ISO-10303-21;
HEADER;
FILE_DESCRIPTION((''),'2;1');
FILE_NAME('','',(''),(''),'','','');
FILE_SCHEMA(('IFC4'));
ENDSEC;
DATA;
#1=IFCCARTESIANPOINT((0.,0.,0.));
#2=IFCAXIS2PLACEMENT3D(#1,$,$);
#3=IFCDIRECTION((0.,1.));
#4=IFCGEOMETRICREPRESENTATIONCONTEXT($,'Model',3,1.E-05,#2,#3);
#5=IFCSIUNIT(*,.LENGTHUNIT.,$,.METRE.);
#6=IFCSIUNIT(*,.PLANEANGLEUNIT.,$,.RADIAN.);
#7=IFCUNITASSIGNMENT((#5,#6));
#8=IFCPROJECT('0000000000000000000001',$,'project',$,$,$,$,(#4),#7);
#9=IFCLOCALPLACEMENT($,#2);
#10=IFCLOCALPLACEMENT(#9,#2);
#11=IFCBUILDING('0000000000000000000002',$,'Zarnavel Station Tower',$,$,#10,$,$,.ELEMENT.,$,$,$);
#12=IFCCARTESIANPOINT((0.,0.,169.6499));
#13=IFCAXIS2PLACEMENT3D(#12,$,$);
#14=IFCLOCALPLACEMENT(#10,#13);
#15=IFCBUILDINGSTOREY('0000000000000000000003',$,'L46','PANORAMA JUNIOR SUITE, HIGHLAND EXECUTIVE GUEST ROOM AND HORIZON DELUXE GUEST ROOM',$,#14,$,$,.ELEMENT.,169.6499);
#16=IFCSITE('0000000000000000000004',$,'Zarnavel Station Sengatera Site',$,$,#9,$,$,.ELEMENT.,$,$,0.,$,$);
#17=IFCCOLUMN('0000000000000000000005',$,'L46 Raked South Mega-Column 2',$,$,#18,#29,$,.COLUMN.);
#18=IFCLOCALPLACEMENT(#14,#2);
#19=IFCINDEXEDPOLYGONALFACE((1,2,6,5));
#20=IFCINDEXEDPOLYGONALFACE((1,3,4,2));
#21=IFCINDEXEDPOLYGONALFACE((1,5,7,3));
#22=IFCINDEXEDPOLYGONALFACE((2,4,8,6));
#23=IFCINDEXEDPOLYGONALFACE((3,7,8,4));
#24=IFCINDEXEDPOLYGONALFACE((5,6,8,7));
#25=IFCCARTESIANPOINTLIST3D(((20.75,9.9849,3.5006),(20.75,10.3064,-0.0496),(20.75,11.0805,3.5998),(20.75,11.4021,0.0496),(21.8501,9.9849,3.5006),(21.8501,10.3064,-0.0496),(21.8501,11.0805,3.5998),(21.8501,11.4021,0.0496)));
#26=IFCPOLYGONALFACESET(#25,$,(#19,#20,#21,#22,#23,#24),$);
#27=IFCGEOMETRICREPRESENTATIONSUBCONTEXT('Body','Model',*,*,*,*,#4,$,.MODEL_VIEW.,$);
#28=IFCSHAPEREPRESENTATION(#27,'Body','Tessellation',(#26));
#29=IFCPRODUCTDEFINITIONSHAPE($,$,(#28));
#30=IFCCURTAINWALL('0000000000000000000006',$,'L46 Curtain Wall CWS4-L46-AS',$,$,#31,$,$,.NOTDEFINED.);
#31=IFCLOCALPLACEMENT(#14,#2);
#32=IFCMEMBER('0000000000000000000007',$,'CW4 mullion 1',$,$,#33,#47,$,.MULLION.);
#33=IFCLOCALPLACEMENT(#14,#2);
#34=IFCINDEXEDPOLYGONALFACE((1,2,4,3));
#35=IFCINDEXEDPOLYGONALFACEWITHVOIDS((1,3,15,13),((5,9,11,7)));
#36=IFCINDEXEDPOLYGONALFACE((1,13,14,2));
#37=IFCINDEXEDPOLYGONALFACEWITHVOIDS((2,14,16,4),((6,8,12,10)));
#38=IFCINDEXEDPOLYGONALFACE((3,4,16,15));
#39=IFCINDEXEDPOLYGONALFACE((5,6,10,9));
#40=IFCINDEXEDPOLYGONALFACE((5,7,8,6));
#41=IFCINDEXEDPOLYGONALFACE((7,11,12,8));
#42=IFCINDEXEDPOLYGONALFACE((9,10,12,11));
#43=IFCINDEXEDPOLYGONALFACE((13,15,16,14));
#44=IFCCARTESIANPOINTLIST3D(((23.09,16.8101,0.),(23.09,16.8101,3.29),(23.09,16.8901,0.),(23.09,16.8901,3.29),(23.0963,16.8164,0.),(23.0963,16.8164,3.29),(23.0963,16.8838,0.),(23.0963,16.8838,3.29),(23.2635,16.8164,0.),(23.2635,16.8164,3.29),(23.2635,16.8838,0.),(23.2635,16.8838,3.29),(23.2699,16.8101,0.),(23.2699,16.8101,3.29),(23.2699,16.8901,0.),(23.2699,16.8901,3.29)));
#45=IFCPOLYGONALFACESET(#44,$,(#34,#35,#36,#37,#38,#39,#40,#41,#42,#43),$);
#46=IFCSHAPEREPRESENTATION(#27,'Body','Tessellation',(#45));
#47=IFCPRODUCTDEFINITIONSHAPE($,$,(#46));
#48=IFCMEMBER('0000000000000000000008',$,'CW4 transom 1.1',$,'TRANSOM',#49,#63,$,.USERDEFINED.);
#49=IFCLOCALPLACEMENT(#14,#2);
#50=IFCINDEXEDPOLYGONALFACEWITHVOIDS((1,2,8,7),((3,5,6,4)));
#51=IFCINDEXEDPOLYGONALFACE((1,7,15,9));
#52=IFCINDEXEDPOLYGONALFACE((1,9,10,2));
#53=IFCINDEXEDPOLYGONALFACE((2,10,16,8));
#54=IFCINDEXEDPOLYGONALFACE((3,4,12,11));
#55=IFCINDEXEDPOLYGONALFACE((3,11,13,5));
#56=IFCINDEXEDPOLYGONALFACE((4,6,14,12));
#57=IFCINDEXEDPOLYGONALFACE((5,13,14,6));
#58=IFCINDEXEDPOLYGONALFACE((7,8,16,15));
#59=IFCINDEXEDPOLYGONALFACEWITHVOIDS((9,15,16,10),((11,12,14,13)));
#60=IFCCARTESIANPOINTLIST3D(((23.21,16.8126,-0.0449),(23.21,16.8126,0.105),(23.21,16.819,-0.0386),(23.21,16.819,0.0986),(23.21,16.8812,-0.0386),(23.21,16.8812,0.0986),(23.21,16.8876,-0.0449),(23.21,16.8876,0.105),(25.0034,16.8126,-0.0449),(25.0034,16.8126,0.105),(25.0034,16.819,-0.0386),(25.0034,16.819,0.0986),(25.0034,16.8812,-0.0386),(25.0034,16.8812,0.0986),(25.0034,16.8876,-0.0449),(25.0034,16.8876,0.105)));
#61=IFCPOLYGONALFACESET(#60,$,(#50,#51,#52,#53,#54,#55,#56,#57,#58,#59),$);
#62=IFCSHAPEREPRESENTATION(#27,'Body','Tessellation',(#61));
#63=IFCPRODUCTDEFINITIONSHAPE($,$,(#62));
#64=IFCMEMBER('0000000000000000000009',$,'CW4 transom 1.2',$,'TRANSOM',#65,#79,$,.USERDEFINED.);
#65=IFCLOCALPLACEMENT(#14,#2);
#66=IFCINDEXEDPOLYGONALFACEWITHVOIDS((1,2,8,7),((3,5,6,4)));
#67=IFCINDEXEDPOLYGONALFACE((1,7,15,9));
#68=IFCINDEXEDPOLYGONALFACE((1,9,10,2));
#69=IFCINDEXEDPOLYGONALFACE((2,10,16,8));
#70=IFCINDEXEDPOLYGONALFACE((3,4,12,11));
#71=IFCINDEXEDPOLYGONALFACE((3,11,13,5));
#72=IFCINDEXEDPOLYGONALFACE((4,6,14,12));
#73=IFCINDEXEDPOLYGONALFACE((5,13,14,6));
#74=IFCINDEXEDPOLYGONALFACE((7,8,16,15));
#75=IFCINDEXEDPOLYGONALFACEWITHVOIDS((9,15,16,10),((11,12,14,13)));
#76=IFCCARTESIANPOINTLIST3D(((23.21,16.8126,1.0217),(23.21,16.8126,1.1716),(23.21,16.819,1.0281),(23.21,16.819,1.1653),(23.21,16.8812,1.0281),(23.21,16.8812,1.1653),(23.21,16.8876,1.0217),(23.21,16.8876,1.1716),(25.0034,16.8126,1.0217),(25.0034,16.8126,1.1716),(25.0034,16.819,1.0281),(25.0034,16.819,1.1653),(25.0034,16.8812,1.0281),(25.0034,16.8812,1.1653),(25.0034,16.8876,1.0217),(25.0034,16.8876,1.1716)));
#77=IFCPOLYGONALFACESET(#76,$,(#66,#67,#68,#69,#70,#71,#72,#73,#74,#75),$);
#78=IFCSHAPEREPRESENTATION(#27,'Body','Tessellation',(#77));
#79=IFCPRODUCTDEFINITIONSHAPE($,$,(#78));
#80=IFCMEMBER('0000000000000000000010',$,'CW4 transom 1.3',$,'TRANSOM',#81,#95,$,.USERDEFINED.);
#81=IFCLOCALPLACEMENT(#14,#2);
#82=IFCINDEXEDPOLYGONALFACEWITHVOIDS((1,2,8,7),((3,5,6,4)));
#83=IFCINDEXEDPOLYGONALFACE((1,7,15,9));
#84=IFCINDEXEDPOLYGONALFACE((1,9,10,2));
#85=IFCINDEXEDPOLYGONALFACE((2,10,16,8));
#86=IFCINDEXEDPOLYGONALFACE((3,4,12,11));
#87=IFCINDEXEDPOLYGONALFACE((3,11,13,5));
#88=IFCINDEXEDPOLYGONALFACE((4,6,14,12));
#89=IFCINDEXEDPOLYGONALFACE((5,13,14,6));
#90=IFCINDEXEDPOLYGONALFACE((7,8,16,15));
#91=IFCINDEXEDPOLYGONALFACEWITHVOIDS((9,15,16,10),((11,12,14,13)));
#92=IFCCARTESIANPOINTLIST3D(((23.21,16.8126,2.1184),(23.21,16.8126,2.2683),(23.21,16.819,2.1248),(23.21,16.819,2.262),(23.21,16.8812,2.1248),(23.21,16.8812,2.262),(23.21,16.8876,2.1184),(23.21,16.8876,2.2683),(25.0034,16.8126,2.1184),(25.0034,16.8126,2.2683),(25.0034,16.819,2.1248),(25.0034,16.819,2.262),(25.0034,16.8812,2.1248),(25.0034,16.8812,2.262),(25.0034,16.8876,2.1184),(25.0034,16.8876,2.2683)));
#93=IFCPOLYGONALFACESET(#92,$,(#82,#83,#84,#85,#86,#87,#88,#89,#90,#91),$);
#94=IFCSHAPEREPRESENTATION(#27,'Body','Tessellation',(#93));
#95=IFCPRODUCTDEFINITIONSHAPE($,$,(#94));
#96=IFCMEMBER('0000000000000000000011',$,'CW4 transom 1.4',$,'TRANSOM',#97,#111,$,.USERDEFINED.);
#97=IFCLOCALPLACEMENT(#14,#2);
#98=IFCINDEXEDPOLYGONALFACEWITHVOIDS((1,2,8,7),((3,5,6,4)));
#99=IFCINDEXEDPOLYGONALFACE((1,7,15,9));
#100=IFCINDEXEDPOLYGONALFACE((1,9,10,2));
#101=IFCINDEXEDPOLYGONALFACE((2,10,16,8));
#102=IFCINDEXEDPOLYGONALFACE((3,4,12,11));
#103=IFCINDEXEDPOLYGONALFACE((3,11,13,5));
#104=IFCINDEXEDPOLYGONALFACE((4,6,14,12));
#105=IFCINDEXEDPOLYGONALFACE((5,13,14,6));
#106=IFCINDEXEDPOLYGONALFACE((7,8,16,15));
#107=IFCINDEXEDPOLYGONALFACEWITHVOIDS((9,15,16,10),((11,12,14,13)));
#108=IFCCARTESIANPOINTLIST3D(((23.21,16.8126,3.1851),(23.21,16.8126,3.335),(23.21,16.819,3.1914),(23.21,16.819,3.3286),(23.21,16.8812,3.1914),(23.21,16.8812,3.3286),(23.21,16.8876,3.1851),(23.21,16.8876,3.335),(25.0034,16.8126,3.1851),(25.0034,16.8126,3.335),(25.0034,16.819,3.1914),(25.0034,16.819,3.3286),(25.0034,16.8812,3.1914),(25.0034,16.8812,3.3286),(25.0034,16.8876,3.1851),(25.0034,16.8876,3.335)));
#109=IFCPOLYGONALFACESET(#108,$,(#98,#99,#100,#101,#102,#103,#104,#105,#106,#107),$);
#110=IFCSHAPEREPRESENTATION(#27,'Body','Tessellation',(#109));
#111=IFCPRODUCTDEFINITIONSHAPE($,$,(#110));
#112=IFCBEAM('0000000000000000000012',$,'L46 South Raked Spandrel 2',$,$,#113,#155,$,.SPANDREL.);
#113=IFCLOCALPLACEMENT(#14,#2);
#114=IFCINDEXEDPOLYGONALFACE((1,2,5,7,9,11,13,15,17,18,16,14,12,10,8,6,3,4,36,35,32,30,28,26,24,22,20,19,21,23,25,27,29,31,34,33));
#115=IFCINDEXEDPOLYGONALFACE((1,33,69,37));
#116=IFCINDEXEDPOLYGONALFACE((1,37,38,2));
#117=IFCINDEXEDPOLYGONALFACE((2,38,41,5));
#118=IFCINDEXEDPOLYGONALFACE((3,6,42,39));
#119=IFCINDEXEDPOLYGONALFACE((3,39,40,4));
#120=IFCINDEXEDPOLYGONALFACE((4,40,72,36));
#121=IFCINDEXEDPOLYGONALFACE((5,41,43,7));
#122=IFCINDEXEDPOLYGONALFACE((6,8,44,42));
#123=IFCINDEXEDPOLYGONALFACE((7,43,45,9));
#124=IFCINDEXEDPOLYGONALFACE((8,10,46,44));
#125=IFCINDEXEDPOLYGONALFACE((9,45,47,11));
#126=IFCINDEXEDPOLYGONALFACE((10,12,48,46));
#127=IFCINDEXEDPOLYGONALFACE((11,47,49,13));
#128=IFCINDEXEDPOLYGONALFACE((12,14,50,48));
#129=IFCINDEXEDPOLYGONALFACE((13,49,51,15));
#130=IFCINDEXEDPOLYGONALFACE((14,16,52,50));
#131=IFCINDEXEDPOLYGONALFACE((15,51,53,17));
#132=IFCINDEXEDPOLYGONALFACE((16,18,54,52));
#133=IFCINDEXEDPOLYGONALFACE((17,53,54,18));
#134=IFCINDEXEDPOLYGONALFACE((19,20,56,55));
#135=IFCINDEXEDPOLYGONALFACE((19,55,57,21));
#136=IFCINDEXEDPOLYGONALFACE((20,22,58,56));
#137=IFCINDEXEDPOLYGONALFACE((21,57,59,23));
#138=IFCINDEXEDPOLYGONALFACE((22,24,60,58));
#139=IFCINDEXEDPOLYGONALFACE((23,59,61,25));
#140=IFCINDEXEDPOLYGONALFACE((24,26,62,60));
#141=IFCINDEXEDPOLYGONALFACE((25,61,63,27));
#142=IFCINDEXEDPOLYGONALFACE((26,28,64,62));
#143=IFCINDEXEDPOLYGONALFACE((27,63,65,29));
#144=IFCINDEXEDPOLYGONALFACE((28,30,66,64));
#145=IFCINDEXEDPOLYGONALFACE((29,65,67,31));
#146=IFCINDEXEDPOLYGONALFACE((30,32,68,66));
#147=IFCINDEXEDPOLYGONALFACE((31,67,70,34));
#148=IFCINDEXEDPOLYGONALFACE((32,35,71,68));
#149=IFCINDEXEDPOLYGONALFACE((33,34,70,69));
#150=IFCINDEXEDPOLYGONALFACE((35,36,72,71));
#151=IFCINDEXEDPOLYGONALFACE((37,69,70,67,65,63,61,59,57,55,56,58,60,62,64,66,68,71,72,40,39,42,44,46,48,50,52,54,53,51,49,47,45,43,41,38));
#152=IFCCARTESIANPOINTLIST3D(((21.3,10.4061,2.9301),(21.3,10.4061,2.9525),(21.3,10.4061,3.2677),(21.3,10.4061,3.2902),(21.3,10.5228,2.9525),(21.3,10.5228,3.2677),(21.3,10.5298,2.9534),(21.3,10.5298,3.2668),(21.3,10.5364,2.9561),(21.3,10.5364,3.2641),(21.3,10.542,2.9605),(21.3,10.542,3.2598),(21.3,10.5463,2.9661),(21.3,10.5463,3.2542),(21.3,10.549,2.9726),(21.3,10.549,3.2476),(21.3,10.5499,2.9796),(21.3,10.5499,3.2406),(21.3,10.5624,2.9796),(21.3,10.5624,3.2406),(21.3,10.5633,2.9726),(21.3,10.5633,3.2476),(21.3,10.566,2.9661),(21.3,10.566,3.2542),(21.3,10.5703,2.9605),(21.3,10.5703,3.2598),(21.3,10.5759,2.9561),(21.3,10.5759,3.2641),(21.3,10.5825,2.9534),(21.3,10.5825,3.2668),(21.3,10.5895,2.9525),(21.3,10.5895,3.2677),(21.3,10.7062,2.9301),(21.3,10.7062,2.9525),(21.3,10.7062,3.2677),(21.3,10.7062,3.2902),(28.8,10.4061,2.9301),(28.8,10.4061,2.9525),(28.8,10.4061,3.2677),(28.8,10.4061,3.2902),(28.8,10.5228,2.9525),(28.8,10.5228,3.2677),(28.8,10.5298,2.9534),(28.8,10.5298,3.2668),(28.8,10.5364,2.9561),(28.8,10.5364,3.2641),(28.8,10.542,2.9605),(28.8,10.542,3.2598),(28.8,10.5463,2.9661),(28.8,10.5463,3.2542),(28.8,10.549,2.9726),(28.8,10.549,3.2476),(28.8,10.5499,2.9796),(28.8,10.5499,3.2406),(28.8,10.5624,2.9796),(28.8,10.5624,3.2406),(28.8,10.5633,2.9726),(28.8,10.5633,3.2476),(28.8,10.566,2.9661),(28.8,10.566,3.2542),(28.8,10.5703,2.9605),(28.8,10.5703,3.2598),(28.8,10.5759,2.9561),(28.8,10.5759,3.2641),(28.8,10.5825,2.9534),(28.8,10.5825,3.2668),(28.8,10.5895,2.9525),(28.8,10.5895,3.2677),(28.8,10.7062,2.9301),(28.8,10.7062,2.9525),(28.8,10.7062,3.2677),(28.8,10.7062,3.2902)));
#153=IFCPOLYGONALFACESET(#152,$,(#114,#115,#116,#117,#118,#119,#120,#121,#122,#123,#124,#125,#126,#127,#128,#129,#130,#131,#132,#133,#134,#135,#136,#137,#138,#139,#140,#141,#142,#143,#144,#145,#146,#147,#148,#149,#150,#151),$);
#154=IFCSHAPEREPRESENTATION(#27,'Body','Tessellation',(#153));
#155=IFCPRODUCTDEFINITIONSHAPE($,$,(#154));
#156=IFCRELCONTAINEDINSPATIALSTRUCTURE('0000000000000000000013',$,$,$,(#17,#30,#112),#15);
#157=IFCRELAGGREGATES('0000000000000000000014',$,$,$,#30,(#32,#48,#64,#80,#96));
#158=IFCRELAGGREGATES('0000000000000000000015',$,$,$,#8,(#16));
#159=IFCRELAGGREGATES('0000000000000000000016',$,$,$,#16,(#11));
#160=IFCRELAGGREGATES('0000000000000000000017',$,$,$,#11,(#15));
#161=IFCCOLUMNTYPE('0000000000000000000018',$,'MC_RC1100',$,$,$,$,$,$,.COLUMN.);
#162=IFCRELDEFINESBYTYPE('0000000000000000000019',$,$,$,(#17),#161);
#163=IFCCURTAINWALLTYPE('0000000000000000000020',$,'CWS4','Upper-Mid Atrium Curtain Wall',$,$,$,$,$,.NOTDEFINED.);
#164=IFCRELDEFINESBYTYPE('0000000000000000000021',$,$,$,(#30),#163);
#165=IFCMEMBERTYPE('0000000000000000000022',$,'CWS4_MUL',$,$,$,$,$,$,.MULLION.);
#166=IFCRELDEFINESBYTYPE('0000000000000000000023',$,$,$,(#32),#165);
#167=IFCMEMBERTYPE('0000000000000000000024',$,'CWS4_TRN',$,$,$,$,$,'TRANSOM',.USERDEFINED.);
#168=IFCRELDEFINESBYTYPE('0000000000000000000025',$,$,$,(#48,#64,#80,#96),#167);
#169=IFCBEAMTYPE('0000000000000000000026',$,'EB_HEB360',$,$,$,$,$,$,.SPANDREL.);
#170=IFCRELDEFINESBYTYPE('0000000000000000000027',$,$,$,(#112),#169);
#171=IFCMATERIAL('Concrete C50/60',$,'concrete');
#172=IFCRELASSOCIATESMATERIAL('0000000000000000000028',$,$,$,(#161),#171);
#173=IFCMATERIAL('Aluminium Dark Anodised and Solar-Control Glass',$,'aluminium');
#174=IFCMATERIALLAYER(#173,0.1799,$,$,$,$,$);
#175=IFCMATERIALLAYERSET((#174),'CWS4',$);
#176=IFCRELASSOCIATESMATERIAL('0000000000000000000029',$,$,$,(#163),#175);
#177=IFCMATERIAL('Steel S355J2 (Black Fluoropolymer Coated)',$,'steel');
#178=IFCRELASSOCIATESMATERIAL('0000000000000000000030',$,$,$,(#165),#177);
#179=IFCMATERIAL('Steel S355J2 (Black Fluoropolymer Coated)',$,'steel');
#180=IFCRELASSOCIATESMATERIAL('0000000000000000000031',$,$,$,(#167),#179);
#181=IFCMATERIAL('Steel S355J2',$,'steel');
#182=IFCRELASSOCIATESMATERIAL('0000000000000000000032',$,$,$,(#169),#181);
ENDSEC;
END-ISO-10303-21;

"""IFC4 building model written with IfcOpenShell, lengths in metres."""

from ifc_helpers import new_model, si_unit, direction, frame, origin, origin_2d, place, context, subcontext, project, spatial, rectangle, hollow_rectangle, i_section, extrude, material, layer, layer_set, material_profile, profile_set, type_object, element, aggregate, save


model = new_model("IFC4")

# Units and contexts
model_context = context("Model", 3, precision=1e-05, world=origin(), true_north=direction((0.0, 1.0)))
body_context = subcontext(model_context, "Body", "Model", "MODEL_VIEW")
ifc_project = project(units=[si_unit("LENGTHUNIT", "METRE"), si_unit("PLANEANGLEUNIT", "RADIAN")], contexts=[model_context])

# Site, building, storey
site_placement = place(None, origin())
site = spatial("IfcSite", under=ifc_project, at=site_placement, Name="Zarnavel Station Sengatera Site", CompositionType="ELEMENT", RefElevation=0.0)
building_placement = place(site_placement, origin())
building = spatial("IfcBuilding", under=site, at=building_placement, Name="Zarnavel Station Tower", CompositionType="ELEMENT")
storey_placement = place(building_placement, frame((0.0, 0.0, 169.6499)))
storey = spatial("IfcBuildingStorey", under=building, at=storey_placement, Name="L46", Description="PANORAMA JUNIOR SUITE, HIGHLAND EXECUTIVE GUEST ROOM AND HORIZON DELUXE GUEST ROOM", CompositionType="ELEMENT", Elevation=169.6499)

# Column
ifc_material_1 = material(Name="Concrete C50/60", Category="concrete")
ifc_material_profile_1 = material_profile(ifc_material_1, rectangle(XDim=1.1001, YDim=1.1001, at=origin_2d()), Name="RC1100x1100")
ifc_profile_set_1 = profile_set([ifc_material_profile_1], Name="Concrete C50/60")
column_type = type_object("IfcColumnType", Name="MC_RC1100", PredefinedType="COLUMN", material=ifc_profile_set_1)
column_placement = place(storey_placement, frame((21.3, 10.8542, 0.0), z_axis=(0.0, -0.090202, 0.995923), x_axis=(1.0, 0.0, 0.0)))
element("IfcColumn", 1, at=column_placement, inside=storey, type_object=column_type, Name="L46 Raked South Mega-Column 2", PredefinedType="COLUMN", context=body_context, shape_type="SweptSolid", body=[
    extrude(rectangle(XDim=1.1001, YDim=1.1001, at=origin_2d()), origin(), (0.0, 0.0, 1.0), 3.5647),
])

# Curtain wall, members
ifc_material_2 = material(Name="Aluminium Dark Anodised and Solar-Control Glass", Category="aluminium")
ifc_layer_1 = layer(ifc_material_2, 0.1799)
ifc_layer_set_1 = layer_set([ifc_layer_1], Name="CWS4")
curtain_wall_type = type_object("IfcCurtainWallType", Name="CWS4", Description="Upper-Mid Atrium Curtain Wall", PredefinedType="NOTDEFINED", material=ifc_layer_set_1)
curtain_wall_placement = place(storey_placement, origin())
curtain_wall = element("IfcCurtainWall", 2, at=curtain_wall_placement, inside=storey, type_object=curtain_wall_type, Name="L46 Curtain Wall CWS4-L46-AS", PredefinedType="NOTDEFINED")
ifc_material_3 = material(Name="Steel S355J2 (Black Fluoropolymer Coated)", Category="steel")
ifc_material_profile_2 = material_profile(ifc_material_3, hollow_rectangle(XDim=0.0801, YDim=0.1799, WallThickness=0.0063, at=origin_2d()), Name="RHS180x80x6.3")
ifc_profile_set_2 = profile_set([ifc_material_profile_2], Name="Steel S355J2 (Black Fluoropolymer Coated)")
member_type_1 = type_object("IfcMemberType", Name="CWS4_MUL", PredefinedType="MULLION", material=ifc_profile_set_2)
member_1_placement = place(storey_placement, frame((23.1799, 16.8501, 0.0), z_axis=(0.0, 0.0, 1.0), x_axis=(0.0, 1.0, 0.0)))
member_1 = element("IfcMember", 3, at=member_1_placement, type_object=member_type_1, Name="CW4 mullion 1", PredefinedType="MULLION", context=body_context, shape_type="SweptSolid", body=[
    extrude(hollow_rectangle(XDim=0.0801, YDim=0.1799, WallThickness=0.0063, at=origin_2d()), origin(), (0.0, 0.0, 1.0), 3.29),
])
ifc_material_4 = material(Name="Steel S355J2 (Black Fluoropolymer Coated)", Category="steel")
ifc_material_profile_3 = material_profile(ifc_material_4, hollow_rectangle(XDim=0.075, YDim=0.1499, WallThickness=0.0063, at=origin_2d()), Name="RHS150x75x6.3")
ifc_profile_set_3 = profile_set([ifc_material_profile_3], Name="Steel S355J2 (Black Fluoropolymer Coated)")
member_type_2 = type_object("IfcMemberType", Name="CWS4_TRN", ElementType="TRANSOM", PredefinedType="USERDEFINED", material=ifc_profile_set_3)
member_2_placement = place(storey_placement, frame((23.21, 16.8501, 0.03), z_axis=(1.0, 0.0, 0.0), x_axis=(0.0, 1.0, 0.0)))
member_2 = element("IfcMember", 4, at=member_2_placement, type_object=member_type_2, Name="CW4 transom 1.1", ObjectType="TRANSOM", PredefinedType="USERDEFINED", context=body_context, shape_type="SweptSolid", body=[
    extrude(hollow_rectangle(XDim=0.075, YDim=0.1499, WallThickness=0.0063, at=origin_2d()), origin(), (0.0, 0.0, 1.0), 1.7935),
])
member_3_placement = place(storey_placement, frame((23.21, 16.8501, 1.0967), z_axis=(1.0, 0.0, 0.0), x_axis=(0.0, 1.0, 0.0)))
member_3 = element("IfcMember", 5, at=member_3_placement, type_object=member_type_2, Name="CW4 transom 1.2", ObjectType="TRANSOM", PredefinedType="USERDEFINED", context=body_context, shape_type="SweptSolid", body=[
    extrude(hollow_rectangle(XDim=0.075, YDim=0.1499, WallThickness=0.0063, at=origin_2d()), origin(), (0.0, 0.0, 1.0), 1.7935),
])
member_4_placement = place(storey_placement, frame((23.21, 16.8501, 2.1934), z_axis=(1.0, 0.0, 0.0), x_axis=(0.0, 1.0, 0.0)))
member_4 = element("IfcMember", 6, at=member_4_placement, type_object=member_type_2, Name="CW4 transom 1.3", ObjectType="TRANSOM", PredefinedType="USERDEFINED", context=body_context, shape_type="SweptSolid", body=[
    extrude(hollow_rectangle(XDim=0.075, YDim=0.1499, WallThickness=0.0063, at=origin_2d()), origin(), (0.0, 0.0, 1.0), 1.7935),
])
member_5_placement = place(storey_placement, frame((23.21, 16.8501, 3.26), z_axis=(1.0, 0.0, 0.0), x_axis=(0.0, 1.0, 0.0)))
member_5 = element("IfcMember", 7, at=member_5_placement, type_object=member_type_2, Name="CW4 transom 1.4", ObjectType="TRANSOM", PredefinedType="USERDEFINED", context=body_context, shape_type="SweptSolid", body=[
    extrude(hollow_rectangle(XDim=0.075, YDim=0.1499, WallThickness=0.0063, at=origin_2d()), origin(), (0.0, 0.0, 1.0), 1.7935),
])
aggregate(curtain_wall, [member_1, member_2, member_3, member_4, member_5])

# Beam
ifc_material_5 = material(Name="Steel S355J2", Category="steel")
ifc_material_profile_4 = material_profile(ifc_material_5, i_section(OverallWidth=0.3, OverallDepth=0.3601, WebThickness=0.0125, FlangeThickness=0.0225, FilletRadius=0.0271, at=origin_2d()), Name="HEB360")
ifc_profile_set_4 = profile_set([ifc_material_profile_4], Name="Steel S355J2")
beam_type_1 = type_object("IfcBeamType", Name="EB_HEB360", PredefinedType="SPANDREL", material=ifc_profile_set_4)
beam_1_placement = place(storey_placement, frame((21.3, 10.5562, 3.1101), z_axis=(1.0, 0.0, 0.0), x_axis=(0.0, 1.0, 0.0)))
element("IfcBeam", 8, at=beam_1_placement, inside=storey, type_object=beam_type_1, Name="L46 South Raked Spandrel 2", PredefinedType="SPANDREL", context=body_context, shape_type="SweptSolid", body=[
    extrude(i_section(OverallWidth=0.3, OverallDepth=0.3601, WebThickness=0.0125, FlangeThickness=0.0225, FilletRadius=0.0271, at=origin_2d()), origin(), (0.0, 0.0, 1.0), 7.5),
])

save(model, "model.ifc")
